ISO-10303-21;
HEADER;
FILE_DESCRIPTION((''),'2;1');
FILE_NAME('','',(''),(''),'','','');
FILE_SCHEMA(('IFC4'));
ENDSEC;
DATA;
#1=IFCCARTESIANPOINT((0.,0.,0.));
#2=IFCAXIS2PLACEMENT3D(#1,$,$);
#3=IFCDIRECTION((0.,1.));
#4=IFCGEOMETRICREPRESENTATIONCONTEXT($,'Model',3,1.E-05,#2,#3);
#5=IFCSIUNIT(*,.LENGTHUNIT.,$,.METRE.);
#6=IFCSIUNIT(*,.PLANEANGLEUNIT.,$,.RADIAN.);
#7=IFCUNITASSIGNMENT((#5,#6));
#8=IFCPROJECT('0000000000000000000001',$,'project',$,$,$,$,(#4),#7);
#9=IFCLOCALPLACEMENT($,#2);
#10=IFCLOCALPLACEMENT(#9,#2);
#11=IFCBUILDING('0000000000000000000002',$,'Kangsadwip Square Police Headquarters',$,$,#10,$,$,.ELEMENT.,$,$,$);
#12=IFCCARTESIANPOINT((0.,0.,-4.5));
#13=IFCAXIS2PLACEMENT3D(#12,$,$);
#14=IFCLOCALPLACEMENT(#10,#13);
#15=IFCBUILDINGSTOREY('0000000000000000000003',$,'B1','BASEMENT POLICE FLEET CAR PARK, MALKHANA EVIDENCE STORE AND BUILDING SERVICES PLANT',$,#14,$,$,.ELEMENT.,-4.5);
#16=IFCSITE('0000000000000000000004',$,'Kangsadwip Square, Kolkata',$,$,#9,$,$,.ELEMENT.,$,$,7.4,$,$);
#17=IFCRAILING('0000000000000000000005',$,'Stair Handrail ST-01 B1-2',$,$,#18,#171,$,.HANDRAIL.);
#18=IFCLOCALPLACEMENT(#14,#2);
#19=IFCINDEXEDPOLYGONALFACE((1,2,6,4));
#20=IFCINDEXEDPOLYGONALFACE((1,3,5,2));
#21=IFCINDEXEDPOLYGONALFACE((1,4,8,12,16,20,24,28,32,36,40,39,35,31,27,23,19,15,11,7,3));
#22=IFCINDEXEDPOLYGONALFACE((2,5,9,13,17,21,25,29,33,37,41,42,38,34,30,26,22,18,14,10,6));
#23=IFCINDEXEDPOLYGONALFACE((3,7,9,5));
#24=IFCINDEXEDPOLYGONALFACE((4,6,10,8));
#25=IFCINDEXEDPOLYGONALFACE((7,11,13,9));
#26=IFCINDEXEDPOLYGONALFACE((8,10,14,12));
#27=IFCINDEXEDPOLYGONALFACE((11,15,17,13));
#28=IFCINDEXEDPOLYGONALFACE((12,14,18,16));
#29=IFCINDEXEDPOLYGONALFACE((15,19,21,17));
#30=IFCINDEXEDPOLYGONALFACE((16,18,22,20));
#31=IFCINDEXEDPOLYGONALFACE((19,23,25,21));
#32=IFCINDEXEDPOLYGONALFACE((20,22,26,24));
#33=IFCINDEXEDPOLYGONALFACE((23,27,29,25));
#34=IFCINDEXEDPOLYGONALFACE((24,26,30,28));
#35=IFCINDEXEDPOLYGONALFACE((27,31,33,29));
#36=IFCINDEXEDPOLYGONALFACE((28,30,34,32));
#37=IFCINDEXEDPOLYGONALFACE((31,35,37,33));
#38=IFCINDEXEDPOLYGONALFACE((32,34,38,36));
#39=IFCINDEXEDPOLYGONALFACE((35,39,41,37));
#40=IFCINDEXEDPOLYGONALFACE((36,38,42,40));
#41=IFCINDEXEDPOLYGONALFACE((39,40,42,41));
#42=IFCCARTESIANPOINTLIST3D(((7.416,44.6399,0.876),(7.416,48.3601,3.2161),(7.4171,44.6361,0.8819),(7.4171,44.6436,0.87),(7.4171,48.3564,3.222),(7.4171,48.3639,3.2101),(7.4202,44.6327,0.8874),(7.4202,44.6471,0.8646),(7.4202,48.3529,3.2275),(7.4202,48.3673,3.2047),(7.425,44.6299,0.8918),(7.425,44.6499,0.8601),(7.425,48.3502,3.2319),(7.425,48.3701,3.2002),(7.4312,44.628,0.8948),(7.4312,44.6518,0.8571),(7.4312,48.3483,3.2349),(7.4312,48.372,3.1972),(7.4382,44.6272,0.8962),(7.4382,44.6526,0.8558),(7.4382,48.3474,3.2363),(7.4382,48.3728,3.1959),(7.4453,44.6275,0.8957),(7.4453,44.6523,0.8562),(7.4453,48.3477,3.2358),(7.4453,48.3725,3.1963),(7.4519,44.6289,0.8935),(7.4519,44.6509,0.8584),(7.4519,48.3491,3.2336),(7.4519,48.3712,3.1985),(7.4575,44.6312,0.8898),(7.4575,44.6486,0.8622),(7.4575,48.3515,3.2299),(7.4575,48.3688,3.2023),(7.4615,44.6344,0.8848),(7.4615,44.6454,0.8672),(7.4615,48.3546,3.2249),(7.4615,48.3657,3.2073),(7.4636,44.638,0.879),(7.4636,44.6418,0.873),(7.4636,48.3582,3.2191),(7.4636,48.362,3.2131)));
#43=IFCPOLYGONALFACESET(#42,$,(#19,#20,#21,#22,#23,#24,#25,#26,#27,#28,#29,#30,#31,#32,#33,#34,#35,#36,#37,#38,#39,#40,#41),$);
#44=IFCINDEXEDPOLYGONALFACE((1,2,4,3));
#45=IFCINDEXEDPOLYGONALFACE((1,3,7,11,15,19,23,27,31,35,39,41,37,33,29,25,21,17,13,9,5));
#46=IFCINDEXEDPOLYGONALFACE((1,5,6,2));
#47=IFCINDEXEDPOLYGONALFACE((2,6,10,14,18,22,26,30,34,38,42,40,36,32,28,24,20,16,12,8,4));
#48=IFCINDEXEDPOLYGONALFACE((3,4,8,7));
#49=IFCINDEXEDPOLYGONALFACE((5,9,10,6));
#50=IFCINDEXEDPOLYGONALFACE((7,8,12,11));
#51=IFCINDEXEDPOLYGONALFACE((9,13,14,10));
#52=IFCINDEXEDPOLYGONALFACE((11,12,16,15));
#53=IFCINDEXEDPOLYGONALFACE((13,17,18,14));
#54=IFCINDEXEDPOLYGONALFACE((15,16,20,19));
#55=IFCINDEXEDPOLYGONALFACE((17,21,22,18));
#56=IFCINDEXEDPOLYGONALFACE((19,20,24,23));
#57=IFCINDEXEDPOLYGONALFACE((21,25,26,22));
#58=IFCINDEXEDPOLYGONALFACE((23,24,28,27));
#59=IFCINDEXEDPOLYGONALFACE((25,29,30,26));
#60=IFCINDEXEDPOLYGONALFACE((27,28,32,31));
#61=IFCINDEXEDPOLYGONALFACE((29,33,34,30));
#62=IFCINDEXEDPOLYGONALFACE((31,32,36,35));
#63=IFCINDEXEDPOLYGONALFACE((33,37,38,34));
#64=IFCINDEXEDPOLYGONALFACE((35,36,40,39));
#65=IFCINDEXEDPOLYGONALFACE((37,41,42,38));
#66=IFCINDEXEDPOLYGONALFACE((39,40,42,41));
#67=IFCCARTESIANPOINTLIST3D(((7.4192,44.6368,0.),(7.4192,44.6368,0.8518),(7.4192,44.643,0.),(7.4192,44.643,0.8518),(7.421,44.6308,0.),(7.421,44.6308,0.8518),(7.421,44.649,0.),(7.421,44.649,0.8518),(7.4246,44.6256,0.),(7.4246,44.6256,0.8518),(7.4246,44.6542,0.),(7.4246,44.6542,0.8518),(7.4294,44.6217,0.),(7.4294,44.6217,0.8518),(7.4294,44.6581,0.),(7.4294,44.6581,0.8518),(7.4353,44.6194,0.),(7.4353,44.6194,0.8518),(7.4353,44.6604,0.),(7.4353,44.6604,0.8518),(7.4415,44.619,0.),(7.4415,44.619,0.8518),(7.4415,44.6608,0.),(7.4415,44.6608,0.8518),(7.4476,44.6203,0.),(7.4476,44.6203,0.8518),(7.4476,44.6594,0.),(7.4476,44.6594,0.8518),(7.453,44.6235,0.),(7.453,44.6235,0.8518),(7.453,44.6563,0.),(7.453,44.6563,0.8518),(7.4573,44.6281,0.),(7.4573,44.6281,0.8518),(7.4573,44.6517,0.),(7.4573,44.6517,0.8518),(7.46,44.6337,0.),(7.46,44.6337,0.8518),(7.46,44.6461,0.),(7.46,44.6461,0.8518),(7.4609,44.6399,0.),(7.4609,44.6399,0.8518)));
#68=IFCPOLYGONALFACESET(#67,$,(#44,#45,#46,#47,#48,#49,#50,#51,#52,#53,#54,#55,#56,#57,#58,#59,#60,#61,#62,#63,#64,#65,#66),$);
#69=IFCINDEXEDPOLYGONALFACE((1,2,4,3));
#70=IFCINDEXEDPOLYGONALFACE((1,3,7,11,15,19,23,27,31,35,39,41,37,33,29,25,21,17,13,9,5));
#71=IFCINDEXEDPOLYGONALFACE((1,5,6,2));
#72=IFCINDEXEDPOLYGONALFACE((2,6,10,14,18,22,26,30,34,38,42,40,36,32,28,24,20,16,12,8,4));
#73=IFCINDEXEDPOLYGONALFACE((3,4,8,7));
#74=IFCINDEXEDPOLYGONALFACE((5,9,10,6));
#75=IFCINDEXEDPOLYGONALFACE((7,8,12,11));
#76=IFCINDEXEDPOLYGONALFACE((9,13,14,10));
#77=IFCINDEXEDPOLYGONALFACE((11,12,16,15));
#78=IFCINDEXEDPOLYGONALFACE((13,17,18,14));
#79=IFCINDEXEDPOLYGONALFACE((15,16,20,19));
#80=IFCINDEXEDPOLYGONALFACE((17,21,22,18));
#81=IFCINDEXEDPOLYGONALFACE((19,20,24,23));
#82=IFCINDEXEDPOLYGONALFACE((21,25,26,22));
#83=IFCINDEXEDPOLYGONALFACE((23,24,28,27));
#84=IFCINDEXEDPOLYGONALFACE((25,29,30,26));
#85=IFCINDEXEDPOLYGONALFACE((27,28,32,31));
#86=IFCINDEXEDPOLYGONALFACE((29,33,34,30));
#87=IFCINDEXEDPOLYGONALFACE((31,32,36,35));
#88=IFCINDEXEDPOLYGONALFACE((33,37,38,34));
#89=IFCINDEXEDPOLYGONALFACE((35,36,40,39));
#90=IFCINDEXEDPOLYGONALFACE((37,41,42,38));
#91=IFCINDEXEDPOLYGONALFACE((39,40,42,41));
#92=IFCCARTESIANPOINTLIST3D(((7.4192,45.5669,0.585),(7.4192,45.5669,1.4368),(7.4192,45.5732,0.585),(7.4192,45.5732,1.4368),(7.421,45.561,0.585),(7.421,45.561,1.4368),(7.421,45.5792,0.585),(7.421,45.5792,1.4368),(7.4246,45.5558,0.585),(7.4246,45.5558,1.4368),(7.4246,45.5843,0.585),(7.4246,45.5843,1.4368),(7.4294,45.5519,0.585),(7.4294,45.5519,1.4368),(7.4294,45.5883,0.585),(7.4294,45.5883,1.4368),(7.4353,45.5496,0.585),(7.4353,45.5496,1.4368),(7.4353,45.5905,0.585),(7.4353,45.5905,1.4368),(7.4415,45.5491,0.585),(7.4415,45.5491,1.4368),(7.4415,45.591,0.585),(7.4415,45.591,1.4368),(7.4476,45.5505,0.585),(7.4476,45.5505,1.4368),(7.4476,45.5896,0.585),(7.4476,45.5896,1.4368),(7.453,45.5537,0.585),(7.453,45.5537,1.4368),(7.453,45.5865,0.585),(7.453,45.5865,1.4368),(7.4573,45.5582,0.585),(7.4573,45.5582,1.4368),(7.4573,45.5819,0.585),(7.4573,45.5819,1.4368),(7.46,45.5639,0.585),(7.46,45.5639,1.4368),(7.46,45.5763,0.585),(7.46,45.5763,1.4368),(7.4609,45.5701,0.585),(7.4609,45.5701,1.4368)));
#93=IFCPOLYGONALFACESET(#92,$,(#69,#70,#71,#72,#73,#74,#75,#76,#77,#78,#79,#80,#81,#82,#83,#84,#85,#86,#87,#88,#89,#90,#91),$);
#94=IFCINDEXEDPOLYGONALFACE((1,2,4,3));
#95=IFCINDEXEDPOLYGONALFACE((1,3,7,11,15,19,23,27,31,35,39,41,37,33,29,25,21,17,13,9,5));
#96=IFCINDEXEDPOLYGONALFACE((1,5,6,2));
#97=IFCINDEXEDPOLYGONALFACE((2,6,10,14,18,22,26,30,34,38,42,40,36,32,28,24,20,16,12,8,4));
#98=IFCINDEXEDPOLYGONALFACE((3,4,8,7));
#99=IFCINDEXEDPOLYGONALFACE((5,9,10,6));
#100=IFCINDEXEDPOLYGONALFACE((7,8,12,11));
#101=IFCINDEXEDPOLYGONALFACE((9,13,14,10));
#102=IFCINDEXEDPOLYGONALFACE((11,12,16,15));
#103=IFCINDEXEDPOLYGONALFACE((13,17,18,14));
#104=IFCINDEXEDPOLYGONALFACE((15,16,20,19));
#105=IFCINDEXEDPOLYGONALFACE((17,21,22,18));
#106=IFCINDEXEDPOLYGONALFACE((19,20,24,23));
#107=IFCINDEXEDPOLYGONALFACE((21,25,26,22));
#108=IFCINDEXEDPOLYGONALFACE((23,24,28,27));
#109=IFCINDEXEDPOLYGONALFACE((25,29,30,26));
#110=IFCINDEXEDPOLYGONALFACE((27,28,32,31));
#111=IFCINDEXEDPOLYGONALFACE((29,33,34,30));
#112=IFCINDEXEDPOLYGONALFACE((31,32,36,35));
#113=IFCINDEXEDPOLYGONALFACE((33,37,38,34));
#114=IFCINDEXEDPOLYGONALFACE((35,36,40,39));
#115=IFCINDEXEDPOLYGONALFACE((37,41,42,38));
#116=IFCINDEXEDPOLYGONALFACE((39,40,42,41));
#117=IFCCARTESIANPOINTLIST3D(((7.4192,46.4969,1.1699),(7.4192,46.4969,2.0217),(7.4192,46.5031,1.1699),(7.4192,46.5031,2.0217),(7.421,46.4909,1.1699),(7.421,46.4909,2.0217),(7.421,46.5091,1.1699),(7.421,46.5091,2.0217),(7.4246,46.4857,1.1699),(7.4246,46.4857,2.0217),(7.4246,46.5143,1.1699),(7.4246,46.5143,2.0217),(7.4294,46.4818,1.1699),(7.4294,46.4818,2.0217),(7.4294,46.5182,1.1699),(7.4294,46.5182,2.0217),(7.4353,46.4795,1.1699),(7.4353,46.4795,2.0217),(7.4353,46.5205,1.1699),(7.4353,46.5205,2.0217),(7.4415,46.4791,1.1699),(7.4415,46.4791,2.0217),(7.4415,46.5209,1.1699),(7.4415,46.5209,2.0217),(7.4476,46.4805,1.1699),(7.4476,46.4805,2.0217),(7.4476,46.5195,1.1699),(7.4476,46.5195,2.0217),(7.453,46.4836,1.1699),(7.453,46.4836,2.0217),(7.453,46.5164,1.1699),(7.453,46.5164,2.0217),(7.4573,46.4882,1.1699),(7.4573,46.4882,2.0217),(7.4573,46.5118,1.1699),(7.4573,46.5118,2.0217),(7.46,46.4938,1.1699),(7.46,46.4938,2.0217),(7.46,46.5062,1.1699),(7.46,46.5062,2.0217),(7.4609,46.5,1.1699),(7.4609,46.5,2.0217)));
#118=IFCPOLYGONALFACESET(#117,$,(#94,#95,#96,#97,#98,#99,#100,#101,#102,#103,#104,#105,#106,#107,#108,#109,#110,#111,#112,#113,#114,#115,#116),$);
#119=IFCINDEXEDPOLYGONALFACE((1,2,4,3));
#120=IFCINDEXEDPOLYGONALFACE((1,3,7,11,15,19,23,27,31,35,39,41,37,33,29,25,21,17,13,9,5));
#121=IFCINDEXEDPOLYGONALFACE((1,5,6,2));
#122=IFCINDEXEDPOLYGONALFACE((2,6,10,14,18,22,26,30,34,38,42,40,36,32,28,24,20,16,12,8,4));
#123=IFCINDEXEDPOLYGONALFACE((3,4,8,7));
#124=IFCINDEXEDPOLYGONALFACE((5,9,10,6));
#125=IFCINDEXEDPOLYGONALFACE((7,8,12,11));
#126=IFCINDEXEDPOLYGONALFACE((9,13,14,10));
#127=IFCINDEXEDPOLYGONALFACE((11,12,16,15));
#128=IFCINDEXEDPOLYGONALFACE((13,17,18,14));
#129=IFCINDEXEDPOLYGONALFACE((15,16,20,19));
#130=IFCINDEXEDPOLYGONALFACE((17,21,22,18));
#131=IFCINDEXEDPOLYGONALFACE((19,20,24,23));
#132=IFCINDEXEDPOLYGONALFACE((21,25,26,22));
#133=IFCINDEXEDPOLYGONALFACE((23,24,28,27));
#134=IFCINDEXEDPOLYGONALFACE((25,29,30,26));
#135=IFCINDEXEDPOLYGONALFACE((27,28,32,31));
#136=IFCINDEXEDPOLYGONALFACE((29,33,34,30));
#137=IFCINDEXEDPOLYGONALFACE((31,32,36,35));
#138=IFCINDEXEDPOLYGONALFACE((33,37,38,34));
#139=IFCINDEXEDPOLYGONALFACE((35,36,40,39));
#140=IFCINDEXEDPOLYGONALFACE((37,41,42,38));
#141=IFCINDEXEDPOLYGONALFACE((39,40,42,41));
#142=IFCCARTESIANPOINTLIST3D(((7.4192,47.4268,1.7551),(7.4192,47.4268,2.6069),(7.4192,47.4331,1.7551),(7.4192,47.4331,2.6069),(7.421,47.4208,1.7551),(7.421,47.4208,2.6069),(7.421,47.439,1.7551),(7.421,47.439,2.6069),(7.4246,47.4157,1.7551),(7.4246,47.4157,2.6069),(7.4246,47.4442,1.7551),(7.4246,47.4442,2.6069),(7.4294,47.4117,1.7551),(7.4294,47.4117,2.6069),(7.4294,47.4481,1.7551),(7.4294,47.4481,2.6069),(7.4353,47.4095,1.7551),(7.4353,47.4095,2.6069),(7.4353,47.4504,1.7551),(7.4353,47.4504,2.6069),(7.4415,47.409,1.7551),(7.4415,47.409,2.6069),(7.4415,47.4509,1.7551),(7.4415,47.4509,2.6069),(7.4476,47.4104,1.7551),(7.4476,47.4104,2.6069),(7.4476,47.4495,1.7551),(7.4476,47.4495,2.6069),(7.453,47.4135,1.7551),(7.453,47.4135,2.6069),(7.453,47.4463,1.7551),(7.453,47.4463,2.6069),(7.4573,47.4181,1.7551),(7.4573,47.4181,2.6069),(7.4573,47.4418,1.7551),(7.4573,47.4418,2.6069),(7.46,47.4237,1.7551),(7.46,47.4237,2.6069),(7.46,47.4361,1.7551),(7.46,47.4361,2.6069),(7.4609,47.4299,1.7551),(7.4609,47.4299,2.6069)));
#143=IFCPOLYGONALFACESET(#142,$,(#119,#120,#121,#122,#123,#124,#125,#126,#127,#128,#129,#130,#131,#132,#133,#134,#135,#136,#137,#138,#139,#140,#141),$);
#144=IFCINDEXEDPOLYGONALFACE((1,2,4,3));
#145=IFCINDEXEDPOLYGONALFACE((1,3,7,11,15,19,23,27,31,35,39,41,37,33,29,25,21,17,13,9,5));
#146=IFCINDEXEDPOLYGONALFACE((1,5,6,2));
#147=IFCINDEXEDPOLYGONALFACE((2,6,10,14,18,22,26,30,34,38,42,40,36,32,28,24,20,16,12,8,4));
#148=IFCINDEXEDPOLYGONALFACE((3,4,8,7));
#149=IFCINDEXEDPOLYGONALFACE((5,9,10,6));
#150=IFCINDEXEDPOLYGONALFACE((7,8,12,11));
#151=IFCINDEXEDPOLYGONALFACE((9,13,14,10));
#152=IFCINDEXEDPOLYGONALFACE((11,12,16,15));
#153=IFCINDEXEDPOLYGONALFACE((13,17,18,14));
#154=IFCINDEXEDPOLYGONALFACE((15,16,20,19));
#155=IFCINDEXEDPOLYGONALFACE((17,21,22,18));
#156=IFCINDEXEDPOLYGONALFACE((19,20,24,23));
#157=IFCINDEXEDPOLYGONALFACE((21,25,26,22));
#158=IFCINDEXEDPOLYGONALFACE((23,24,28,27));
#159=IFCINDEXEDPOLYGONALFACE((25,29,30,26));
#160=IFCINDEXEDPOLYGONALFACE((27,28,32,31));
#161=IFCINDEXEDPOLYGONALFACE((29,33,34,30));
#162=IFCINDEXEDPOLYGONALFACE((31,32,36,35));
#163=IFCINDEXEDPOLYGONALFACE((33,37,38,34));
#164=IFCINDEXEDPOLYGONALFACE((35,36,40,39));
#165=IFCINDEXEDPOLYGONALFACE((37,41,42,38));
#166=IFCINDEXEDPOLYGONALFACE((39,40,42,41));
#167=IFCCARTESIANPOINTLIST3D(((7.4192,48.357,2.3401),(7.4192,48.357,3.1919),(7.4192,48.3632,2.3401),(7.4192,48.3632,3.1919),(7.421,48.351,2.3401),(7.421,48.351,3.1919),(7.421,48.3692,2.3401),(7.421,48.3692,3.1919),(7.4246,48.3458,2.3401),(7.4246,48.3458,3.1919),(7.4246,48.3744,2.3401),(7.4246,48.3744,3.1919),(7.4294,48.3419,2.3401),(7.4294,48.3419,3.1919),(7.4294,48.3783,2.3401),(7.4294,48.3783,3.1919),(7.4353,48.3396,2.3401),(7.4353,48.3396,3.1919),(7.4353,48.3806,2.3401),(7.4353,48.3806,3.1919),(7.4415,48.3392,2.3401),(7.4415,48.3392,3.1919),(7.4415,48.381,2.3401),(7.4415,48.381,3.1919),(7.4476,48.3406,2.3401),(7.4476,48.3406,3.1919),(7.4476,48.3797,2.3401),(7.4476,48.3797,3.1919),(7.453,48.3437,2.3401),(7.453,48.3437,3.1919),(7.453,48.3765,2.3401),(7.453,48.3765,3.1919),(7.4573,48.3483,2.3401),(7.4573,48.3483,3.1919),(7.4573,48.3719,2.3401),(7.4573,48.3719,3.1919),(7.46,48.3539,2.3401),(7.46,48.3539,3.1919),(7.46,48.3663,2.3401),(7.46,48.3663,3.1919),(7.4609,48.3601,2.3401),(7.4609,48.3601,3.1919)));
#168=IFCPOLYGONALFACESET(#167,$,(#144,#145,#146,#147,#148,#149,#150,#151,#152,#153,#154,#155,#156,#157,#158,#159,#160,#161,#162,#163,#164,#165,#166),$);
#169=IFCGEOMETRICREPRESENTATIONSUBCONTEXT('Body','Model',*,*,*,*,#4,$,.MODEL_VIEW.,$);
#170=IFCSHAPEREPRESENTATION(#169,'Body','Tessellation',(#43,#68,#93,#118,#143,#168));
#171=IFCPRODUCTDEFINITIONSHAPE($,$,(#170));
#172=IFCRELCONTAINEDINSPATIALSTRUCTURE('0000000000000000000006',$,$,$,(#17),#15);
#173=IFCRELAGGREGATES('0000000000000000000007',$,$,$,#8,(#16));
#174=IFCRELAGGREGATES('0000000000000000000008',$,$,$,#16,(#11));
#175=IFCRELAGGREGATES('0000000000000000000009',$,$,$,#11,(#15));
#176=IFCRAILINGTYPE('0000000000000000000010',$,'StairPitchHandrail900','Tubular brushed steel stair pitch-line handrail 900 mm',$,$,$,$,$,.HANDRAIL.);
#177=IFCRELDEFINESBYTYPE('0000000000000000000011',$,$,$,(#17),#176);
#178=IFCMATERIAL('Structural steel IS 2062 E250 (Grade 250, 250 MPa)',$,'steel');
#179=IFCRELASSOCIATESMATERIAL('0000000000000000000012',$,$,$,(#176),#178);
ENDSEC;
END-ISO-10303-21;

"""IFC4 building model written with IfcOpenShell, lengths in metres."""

from ifc_helpers import new_model, si_unit, direction, frame, origin, origin_2d, place, context, subcontext, project, spatial, circle, extrude, material, type_object, element, save


model = new_model("IFC4")

# Units and contexts
model_context = context("Model", 3, precision=1e-05, world=origin(), true_north=direction((0.0, 1.0)))
body_context = subcontext(model_context, "Body", "Model", "MODEL_VIEW")
ifc_project = project(units=[si_unit("LENGTHUNIT", "METRE"), si_unit("PLANEANGLEUNIT", "RADIAN")], contexts=[model_context])

# Site, building, storey
site_placement = place(None, origin())
site = spatial("IfcSite", under=ifc_project, at=site_placement, Name="Kangsadwip Square, Kolkata", CompositionType="ELEMENT", RefElevation=7.4)
building_placement = place(site_placement, origin())
building = spatial("IfcBuilding", under=site, at=building_placement, Name="Kangsadwip Square Police Headquarters", CompositionType="ELEMENT")
storey_placement = place(building_placement, frame((0.0, 0.0, -4.5)))
storey = spatial("IfcBuildingStorey", under=building, at=storey_placement, Name="B1", Description="BASEMENT POLICE FLEET CAR PARK, MALKHANA EVIDENCE STORE AND BUILDING SERVICES PLANT", CompositionType="ELEMENT", Elevation=-4.5)

# Railing
ifc_material_1 = material(Name="Structural steel IS 2062 E250 (Grade 250, 250 MPa)", Category="steel")
railing_type_1 = type_object("IfcRailingType", Name="StairPitchHandrail900", Description="Tubular brushed steel stair pitch-line handrail 900 mm", PredefinedType="HANDRAIL", material=ifc_material_1)
railing_1_placement = place(storey_placement, frame((7.4399, 44.6399, 0.0)))
element("IfcRailing", 1, at=railing_1_placement, inside=storey, type_object=railing_type_1, Name="Stair Handrail ST-01 B1-2", PredefinedType="HANDRAIL", context=body_context, shape_type="SweptSolid", body=[
    extrude(circle(Radius=0.0239, at=origin_2d()), frame((0.0, 0.0, 0.876), z_axis=(0.0, 0.846466, 0.532443), x_axis=(-1.0, 0.0, 0.0)), (0.0, 0.0, 1.0), 4.395),
    extrude(circle(Radius=0.021, at=origin_2d()), origin(), (0.0, 0.0, 1.0), 0.8518),
    extrude(circle(Radius=0.021, at=origin_2d()), frame((0.0, 0.9302, 0.585)), (0.0, 0.0, 1.0), 0.8518),
    extrude(circle(Radius=0.021, at=origin_2d()), frame((0.0, 1.8601, 1.1699)), (0.0, 0.0, 1.0), 0.8518),
    extrude(circle(Radius=0.021, at=origin_2d()), frame((0.0, 2.79, 1.7551)), (0.0, 0.0, 1.0), 0.8518),
    extrude(circle(Radius=0.021, at=origin_2d()), frame((0.0, 3.7202, 2.3401)), (0.0, 0.0, 1.0), 0.8518),
])

save(model, "model.ifc")
